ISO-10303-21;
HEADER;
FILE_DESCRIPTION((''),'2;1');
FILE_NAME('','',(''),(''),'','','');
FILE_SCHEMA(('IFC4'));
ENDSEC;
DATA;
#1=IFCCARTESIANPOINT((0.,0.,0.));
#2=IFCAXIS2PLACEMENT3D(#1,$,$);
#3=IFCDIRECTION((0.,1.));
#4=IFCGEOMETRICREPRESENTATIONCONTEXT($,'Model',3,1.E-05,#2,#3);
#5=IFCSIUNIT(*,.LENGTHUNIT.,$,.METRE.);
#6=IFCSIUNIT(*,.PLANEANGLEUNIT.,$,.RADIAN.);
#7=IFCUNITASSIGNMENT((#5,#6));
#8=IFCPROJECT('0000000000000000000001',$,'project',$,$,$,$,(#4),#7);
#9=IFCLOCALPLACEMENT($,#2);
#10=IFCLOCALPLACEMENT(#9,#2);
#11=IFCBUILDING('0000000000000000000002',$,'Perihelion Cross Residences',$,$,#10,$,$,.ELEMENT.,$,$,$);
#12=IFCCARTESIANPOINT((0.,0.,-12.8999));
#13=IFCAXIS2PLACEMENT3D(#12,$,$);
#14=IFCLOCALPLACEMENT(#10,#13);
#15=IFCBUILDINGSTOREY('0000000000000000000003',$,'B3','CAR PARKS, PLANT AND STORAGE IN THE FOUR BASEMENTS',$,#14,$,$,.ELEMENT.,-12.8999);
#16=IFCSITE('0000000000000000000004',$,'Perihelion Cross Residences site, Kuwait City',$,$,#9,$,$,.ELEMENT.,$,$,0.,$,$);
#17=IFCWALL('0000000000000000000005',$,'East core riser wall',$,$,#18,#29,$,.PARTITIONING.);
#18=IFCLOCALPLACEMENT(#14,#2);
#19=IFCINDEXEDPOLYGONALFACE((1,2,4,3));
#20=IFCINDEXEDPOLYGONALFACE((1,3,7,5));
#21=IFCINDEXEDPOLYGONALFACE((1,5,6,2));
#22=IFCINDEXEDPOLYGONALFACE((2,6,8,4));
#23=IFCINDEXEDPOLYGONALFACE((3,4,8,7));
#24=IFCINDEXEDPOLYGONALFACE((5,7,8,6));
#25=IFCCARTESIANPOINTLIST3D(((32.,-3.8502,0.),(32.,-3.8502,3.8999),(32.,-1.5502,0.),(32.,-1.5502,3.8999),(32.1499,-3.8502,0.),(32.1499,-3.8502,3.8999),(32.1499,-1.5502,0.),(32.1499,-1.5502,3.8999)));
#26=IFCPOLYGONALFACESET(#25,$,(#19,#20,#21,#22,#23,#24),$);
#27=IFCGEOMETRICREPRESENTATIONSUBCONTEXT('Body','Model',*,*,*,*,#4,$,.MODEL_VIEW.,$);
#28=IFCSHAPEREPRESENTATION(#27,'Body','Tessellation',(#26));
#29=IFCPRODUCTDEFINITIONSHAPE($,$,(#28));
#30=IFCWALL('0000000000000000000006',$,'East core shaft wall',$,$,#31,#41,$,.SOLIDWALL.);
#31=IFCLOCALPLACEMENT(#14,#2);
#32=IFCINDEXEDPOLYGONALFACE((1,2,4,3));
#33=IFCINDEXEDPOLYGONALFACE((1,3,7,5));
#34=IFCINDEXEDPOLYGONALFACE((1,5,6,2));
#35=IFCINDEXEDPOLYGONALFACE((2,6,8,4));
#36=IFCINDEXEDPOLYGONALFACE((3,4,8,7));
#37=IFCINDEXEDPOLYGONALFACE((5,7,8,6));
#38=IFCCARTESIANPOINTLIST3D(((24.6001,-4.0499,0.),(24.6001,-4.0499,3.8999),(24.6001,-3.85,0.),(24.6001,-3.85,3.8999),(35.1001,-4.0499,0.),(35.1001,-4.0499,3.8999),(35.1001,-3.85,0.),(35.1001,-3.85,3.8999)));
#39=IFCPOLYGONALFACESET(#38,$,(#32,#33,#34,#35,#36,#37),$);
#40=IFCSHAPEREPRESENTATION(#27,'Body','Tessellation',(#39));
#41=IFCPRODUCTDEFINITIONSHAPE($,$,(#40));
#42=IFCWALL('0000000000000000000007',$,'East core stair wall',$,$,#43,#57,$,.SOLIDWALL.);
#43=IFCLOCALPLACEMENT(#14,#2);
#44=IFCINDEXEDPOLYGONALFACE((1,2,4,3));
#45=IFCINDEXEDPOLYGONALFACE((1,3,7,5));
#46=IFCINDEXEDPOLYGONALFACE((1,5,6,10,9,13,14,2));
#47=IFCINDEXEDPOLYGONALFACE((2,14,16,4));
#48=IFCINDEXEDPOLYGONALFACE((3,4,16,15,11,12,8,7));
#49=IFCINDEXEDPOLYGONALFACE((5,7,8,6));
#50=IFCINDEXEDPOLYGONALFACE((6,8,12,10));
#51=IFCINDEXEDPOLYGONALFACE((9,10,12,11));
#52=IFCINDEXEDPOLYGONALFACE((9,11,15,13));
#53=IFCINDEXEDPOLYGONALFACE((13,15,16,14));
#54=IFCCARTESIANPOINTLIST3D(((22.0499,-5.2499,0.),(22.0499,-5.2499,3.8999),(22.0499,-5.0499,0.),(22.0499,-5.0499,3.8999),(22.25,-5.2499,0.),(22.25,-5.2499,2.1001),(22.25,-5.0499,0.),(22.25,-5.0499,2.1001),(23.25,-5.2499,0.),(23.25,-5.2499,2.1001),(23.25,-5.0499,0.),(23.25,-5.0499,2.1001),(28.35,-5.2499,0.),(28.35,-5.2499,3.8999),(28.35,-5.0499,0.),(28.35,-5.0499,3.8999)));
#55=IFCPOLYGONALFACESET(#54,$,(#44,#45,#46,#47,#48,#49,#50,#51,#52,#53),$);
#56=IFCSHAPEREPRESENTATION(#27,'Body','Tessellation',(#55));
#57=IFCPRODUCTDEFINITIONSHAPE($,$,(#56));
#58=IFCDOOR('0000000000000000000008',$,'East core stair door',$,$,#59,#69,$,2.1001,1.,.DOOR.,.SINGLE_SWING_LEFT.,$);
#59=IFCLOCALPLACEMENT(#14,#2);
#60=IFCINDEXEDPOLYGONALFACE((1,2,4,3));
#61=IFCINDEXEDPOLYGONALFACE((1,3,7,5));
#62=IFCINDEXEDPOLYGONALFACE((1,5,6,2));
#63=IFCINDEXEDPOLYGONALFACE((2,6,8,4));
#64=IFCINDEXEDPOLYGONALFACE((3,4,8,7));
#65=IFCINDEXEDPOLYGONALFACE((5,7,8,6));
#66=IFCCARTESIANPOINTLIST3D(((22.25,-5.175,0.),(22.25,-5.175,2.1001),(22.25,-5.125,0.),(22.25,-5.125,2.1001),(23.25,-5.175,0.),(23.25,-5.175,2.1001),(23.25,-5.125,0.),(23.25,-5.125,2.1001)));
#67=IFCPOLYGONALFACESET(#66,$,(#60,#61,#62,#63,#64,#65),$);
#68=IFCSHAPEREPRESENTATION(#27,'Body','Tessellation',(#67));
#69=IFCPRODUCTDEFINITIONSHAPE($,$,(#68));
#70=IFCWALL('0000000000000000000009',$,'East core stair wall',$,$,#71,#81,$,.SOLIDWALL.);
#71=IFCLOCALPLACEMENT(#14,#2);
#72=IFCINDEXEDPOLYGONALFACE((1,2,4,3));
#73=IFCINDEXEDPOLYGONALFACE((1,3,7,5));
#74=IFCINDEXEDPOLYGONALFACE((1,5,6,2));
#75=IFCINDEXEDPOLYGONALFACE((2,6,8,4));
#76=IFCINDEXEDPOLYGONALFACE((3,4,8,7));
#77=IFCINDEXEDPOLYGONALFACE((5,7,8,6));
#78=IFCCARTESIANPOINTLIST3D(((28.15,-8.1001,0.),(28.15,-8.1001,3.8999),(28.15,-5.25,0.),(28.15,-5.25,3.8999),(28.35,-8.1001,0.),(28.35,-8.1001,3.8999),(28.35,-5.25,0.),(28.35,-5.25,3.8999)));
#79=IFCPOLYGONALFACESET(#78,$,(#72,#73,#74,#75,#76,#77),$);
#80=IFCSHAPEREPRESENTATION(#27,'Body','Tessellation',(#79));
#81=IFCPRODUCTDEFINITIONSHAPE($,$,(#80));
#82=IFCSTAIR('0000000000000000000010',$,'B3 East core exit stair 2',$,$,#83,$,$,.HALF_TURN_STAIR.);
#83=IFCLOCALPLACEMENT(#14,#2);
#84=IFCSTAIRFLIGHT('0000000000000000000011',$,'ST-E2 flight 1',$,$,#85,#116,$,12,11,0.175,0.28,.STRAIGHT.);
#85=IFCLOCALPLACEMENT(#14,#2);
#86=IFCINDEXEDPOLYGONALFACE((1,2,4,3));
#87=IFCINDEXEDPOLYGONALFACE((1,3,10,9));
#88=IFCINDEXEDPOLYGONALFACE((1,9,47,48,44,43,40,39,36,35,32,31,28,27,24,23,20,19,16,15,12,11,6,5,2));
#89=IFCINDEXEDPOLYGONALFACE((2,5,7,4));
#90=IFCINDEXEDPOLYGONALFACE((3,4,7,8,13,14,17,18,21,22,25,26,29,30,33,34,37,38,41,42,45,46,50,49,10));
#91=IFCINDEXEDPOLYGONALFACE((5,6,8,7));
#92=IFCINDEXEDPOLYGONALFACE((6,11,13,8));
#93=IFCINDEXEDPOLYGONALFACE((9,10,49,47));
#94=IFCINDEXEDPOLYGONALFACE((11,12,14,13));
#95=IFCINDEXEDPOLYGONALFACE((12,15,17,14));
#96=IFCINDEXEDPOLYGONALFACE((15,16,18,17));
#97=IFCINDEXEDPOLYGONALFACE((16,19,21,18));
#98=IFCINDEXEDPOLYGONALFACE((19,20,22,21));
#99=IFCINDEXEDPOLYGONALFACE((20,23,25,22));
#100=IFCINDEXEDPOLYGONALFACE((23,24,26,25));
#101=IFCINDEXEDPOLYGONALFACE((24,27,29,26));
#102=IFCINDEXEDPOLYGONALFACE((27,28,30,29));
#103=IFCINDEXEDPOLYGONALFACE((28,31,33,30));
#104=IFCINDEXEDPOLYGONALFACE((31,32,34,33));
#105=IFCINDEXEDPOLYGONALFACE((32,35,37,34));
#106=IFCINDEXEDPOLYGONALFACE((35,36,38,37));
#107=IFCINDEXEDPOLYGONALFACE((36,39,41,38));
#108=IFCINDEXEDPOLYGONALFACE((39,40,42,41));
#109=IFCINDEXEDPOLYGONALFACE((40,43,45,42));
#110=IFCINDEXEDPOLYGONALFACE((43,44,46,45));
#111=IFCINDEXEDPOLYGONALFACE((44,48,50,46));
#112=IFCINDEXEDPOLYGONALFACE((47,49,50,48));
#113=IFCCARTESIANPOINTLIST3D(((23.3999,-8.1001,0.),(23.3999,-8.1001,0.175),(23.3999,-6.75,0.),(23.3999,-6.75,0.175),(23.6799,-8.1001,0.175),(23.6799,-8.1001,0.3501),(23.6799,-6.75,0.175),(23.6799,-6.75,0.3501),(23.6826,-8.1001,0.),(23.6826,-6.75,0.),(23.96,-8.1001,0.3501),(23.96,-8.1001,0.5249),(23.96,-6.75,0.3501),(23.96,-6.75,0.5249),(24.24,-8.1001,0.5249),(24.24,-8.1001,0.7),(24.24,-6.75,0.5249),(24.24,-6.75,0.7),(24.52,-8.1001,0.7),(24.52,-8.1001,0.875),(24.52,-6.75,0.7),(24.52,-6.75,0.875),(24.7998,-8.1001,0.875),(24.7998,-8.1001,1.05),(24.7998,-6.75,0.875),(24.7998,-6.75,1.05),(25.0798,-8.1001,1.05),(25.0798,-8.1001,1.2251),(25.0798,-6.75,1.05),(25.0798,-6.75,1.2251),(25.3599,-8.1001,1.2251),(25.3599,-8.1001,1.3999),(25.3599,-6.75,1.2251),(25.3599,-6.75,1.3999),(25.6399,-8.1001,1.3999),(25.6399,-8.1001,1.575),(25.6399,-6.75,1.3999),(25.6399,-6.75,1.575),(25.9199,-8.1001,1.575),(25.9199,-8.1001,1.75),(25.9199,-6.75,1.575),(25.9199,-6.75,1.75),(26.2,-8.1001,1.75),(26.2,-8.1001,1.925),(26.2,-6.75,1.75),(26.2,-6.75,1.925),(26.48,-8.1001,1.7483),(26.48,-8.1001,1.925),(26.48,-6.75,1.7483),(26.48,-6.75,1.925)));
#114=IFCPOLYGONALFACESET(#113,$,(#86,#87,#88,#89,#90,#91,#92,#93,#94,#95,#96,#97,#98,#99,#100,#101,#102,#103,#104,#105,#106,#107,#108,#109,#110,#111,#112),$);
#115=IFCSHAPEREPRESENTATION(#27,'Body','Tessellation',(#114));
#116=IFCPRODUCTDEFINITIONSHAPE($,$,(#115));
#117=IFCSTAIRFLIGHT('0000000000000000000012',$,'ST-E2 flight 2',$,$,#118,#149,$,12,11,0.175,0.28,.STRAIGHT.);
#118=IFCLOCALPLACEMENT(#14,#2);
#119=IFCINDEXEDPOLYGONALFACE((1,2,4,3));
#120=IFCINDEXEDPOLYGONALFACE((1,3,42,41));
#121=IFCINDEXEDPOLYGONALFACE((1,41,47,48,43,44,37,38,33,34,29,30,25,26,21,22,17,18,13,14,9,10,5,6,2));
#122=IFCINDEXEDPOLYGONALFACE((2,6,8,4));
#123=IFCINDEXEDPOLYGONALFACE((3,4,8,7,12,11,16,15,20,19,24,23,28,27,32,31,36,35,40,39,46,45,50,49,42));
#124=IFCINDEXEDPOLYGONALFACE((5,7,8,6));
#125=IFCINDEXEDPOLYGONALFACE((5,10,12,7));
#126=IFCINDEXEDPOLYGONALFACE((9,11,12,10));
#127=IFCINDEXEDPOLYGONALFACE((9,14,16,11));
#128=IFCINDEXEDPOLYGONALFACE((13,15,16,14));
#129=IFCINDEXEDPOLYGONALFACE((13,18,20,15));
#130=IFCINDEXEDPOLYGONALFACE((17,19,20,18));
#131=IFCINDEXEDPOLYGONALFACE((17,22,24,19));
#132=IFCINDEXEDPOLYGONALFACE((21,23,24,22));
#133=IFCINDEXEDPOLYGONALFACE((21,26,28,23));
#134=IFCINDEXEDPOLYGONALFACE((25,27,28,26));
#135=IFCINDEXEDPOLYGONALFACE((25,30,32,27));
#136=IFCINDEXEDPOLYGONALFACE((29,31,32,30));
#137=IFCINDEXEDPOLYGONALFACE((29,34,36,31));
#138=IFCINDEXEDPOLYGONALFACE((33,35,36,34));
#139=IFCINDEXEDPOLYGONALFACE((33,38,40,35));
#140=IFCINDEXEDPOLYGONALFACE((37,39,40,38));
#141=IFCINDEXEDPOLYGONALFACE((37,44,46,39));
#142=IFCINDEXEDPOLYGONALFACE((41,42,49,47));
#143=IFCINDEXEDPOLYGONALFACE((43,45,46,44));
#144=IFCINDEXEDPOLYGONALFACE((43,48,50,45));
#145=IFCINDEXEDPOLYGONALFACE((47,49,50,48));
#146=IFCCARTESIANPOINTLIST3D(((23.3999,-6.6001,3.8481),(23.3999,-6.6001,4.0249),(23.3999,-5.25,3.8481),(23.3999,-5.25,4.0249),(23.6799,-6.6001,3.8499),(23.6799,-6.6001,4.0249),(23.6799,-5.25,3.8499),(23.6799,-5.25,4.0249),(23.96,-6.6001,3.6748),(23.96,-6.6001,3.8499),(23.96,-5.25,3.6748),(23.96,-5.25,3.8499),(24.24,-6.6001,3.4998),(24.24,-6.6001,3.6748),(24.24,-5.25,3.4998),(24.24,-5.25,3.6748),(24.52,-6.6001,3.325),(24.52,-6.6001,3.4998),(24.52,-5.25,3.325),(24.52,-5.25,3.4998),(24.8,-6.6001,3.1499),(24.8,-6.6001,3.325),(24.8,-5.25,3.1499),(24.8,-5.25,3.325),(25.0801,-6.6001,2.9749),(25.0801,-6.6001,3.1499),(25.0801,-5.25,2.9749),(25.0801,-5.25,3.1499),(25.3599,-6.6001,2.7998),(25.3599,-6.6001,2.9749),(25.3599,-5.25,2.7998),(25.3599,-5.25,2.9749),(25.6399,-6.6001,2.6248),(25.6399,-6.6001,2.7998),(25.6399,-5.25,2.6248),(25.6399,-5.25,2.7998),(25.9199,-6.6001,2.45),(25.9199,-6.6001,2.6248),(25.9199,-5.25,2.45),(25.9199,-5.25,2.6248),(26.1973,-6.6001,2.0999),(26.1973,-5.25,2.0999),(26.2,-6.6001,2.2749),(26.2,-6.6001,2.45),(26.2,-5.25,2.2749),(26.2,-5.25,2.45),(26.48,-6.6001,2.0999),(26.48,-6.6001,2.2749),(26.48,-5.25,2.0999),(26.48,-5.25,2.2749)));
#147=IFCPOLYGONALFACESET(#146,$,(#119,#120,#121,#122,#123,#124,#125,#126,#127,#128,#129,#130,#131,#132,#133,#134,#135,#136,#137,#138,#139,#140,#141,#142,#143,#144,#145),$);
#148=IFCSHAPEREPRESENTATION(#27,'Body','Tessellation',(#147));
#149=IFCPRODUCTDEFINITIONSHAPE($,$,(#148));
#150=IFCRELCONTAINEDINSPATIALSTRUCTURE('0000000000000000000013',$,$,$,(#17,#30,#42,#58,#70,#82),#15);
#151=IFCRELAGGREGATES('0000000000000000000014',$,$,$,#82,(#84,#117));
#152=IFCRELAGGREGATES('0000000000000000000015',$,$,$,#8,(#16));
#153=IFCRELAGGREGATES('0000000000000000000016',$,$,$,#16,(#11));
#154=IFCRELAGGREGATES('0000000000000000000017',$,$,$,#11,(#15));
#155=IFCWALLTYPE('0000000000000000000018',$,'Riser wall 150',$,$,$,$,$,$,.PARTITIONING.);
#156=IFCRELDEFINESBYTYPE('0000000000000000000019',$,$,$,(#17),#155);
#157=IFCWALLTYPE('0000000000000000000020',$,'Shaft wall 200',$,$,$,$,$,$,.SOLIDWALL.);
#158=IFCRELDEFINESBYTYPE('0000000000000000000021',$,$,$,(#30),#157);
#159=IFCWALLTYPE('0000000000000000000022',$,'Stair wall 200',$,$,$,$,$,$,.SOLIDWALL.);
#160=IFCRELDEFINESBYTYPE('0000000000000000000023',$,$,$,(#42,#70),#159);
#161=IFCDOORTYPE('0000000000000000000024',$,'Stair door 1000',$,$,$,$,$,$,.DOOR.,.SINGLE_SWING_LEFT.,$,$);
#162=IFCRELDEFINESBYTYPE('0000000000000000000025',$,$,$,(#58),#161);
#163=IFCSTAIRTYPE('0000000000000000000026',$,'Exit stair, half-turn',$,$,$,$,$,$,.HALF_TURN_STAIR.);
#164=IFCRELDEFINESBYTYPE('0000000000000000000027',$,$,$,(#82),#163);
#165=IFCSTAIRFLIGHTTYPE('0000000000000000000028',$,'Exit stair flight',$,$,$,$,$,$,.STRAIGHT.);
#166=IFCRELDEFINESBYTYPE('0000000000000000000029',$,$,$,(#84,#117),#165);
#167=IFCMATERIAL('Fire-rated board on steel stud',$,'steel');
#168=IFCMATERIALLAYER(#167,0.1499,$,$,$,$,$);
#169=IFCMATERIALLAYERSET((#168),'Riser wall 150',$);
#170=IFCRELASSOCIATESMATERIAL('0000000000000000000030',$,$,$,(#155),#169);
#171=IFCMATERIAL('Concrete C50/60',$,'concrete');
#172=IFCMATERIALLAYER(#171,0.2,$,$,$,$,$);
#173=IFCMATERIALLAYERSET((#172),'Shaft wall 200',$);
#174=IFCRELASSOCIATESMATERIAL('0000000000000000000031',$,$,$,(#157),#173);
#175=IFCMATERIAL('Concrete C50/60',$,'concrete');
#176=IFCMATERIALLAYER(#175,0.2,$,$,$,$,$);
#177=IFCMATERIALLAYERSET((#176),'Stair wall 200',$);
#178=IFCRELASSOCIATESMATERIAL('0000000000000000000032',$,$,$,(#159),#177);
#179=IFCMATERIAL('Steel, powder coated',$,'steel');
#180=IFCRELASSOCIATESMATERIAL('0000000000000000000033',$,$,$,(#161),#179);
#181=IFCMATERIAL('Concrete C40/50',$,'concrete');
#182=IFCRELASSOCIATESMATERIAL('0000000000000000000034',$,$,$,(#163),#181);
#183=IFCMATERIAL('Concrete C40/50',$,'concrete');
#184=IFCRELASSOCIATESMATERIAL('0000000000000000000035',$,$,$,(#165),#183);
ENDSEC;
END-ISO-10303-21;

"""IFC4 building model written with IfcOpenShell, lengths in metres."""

from ifc_helpers import new_model, si_unit, direction, frame, frame_2d, origin, place, context, subcontext, project, spatial, polyline, rectangle, outline, extrude, material, layer, layer_set, type_object, element, fill, aggregate, save


model = new_model("IFC4")

# Units and contexts
model_context = context("Model", 3, precision=1e-05, world=origin(), true_north=direction((0.0, 1.0)))
body_context = subcontext(model_context, "Body", "Model", "MODEL_VIEW")
ifc_project = project(units=[si_unit("LENGTHUNIT", "METRE"), si_unit("PLANEANGLEUNIT", "RADIAN")], contexts=[model_context])

# Site, building, storey
site_placement = place(None, origin())
site = spatial("IfcSite", under=ifc_project, at=site_placement, Name="Perihelion Cross Residences site, Kuwait City", CompositionType="ELEMENT", RefElevation=0.0)
building_placement = place(site_placement, origin())
building = spatial("IfcBuilding", under=site, at=building_placement, Name="Perihelion Cross Residences", CompositionType="ELEMENT")
storey_placement = place(building_placement, frame((0.0, 0.0, -12.8999)))
storey = spatial("IfcBuildingStorey", under=building, at=storey_placement, Name="B3", Description="CAR PARKS, PLANT AND STORAGE IN THE FOUR BASEMENTS", CompositionType="ELEMENT", Elevation=-12.8999)

# Walls
ifc_material_1 = material(Name="Fire-rated board on steel stud", Category="steel")
ifc_layer_1 = layer(ifc_material_1, 0.1499)
ifc_layer_set_1 = layer_set([ifc_layer_1], Name="Riser wall 150")
wall_type_1 = type_object("IfcWallType", Name="Riser wall 150", PredefinedType="PARTITIONING", material=ifc_layer_set_1)
wall_1_placement = place(storey_placement, frame((32.075, -3.8501, 0.0), z_axis=(0.0, 0.0, 1.0), x_axis=(0.0, 1.0, 0.0)))
element("IfcWall", 1, at=wall_1_placement, inside=storey, type_object=wall_type_1, Name="East core riser wall", PredefinedType="PARTITIONING", context=body_context, shape_type="SweptSolid", body=[
    extrude(rectangle(XDim=2.3, YDim=0.1499, at=frame_2d((1.1499, 0.0))), origin(), (0.0, 0.0, 1.0), 3.8999),
])
ifc_material_2 = material(Name="Concrete C50/60", Category="concrete")
ifc_layer_2 = layer(ifc_material_2, 0.2)
ifc_layer_set_2 = layer_set([ifc_layer_2], Name="Shaft wall 200")
wall_type_2 = type_object("IfcWallType", Name="Shaft wall 200", PredefinedType="SOLIDWALL", material=ifc_layer_set_2)
wall_2_placement = place(storey_placement, frame((24.6001, -3.95, 0.0), z_axis=(0.0, 0.0, 1.0), x_axis=(1.0, 0.0, 0.0)))
element("IfcWall", 2, at=wall_2_placement, inside=storey, type_object=wall_type_2, Name="East core shaft wall", PredefinedType="SOLIDWALL", context=body_context, shape_type="SweptSolid", body=[
    extrude(rectangle(XDim=10.5, YDim=0.2, at=frame_2d((5.25, 0.0))), origin(), (0.0, 0.0, 1.0), 3.8999),
])

# Wall, opening, door
ifc_material_3 = material(Name="Concrete C50/60", Category="concrete")
ifc_layer_3 = layer(ifc_material_3, 0.2)
ifc_layer_set_3 = layer_set([ifc_layer_3], Name="Stair wall 200")
wall_type_3 = type_object("IfcWallType", Name="Stair wall 200", PredefinedType="SOLIDWALL", material=ifc_layer_set_3)
wall_3_placement = place(storey_placement, frame((22.05, -5.1499, 0.0), z_axis=(0.0, 0.0, 1.0), x_axis=(1.0, 0.0, 0.0)))
wall_3 = element("IfcWall", 3, at=wall_3_placement, inside=storey, type_object=wall_type_3, Name="East core stair wall", PredefinedType="SOLIDWALL", context=body_context, shape_type="SweptSolid", body=[
    extrude(rectangle(XDim=6.3, YDim=0.2, at=frame_2d((3.1499, 0.0))), origin(), (0.0, 0.0, 1.0), 3.8999),
])
opening_1_placement = place(wall_3_placement, frame((0.2, 0.0, 0.0)))
opening_1 = element("IfcOpeningElement", 4, at=opening_1_placement, cuts=wall_3, PredefinedType="OPENING", context=body_context, shape_type="SweptSolid", body=[
    extrude(rectangle(XDim=1.0, YDim=2.1001, at=frame_2d((0.5, 1.05))), frame((0.0, 0.1099, 0.0), z_axis=(0.0, -1.0, 0.0), x_axis=(1.0, 0.0, 0.0)), (0.0, 0.0, 1.0), 0.22),
])
ifc_material_4 = material(Name="Steel, powder coated", Category="steel")
door_type_1 = type_object("IfcDoorType", Name="Stair door 1000", OperationType="SINGLE_SWING_LEFT", PredefinedType="DOOR", material=ifc_material_4)
door_1_placement = place(opening_1_placement, origin())
door_1 = element("IfcDoor", 5, at=door_1_placement, inside=storey, type_object=door_type_1, Name="East core stair door", OperationType="SINGLE_SWING_LEFT", OverallHeight=2.1001, OverallWidth=1.0, PredefinedType="DOOR", context=body_context, shape_type="SweptSolid", body=[
    extrude(rectangle(XDim=1.0, YDim=2.1001, at=frame_2d((0.5, 1.05))), frame((0.0, 0.0249, 0.0), z_axis=(0.0, -1.0, 0.0), x_axis=(1.0, 0.0, 0.0)), (0.0, 0.0, 1.0), 0.05),
])
fill(opening_1, door_1)

# Wall
wall_4_placement = place(storey_placement, frame((28.25, -8.1001, 0.0), z_axis=(0.0, 0.0, 1.0), x_axis=(0.0, 1.0, 0.0)))
element("IfcWall", 6, at=wall_4_placement, inside=storey, type_object=wall_type_3, Name="East core stair wall", PredefinedType="SOLIDWALL", context=body_context, shape_type="SweptSolid", body=[
    extrude(rectangle(XDim=2.8501, YDim=0.2, at=frame_2d((1.425, 0.0))), origin(), (0.0, 0.0, 1.0), 3.8999),
])

# Stair, stair flights
ifc_material_5 = material(Name="Concrete C40/50", Category="concrete")
stair_type = type_object("IfcStairType", Name="Exit stair, half-turn", PredefinedType="HALF_TURN_STAIR", material=ifc_material_5)
stair_placement = place(storey_placement, origin())
stair = element("IfcStair", 7, at=stair_placement, inside=storey, type_object=stair_type, Name="B3 East core exit stair 2", PredefinedType="HALF_TURN_STAIR")
ifc_material_6 = material(Name="Concrete C40/50", Category="concrete")
stair_flight_type = type_object("IfcStairFlightType", Name="Exit stair flight", PredefinedType="STRAIGHT", material=ifc_material_6)
stair_flight_1_placement = place(storey_placement, frame((23.3999, -7.425, 0.0), z_axis=(0.0, 0.0, 1.0), x_axis=(1.0, 0.0, 0.0)))
stair_flight_1 = element("IfcStairFlight", 8, at=stair_flight_1_placement, type_object=stair_flight_type, Name="ST-E2 flight 1", NumberOfRisers=12, NumberOfTreads=11, PredefinedType="STRAIGHT", RiserHeight=0.175, TreadLength=0.28, context=body_context, shape_type="SweptSolid", body=[
    extrude(outline(polyline([(0.0, 0.0), (0.0, 0.175), (0.28, 0.175), (0.28, 0.3501), (0.5601, 0.3501), (0.5601, 0.5249), (0.8401, 0.5249), (0.8401, 0.7), (1.1201, 0.7), (1.1201, 0.875), (1.3999, 0.875), (1.3999, 1.05), (1.6799, 1.05), (1.6799, 1.2251), (1.96, 1.2251), (1.96, 1.3999), (2.24, 1.3999), (2.24, 1.575), (2.52, 1.575), (2.52, 1.75), (2.8, 1.75), (2.8, 1.925), (3.0801, 1.925), (3.0801, 2.1001), (3.0801, 1.7483), (0.2827, 0.0), (0.0, 0.0)])), frame((0.0, 0.675, 0.0), z_axis=(0.0, -1.0, 0.0), x_axis=(1.0, 0.0, 0.0)), (0.0, 0.0, 1.0), 1.3501),
])
stair_flight_2_placement = place(storey_placement, frame((26.48, -5.925, 2.0999), z_axis=(0.0, 0.0, 1.0), x_axis=(-1.0, 0.0, 0.0)))
stair_flight_2 = element("IfcStairFlight", 9, at=stair_flight_2_placement, type_object=stair_flight_type, Name="ST-E2 flight 2", NumberOfRisers=12, NumberOfTreads=11, PredefinedType="STRAIGHT", RiserHeight=0.175, TreadLength=0.28, context=body_context, shape_type="SweptSolid", body=[
    extrude(outline(polyline([(0.0, 0.0), (0.0, 0.175), (0.28, 0.175), (0.28, 0.3501), (0.5601, 0.3501), (0.5601, 0.5249), (0.8401, 0.5249), (0.8401, 0.7), (1.1201, 0.7), (1.1201, 0.875), (1.3999, 0.875), (1.3999, 1.05), (1.6799, 1.05), (1.6799, 1.2251), (1.96, 1.2251), (1.96, 1.3999), (2.24, 1.3999), (2.24, 1.575), (2.52, 1.575), (2.52, 1.75), (2.8, 1.75), (2.8, 1.925), (3.0801, 1.925), (3.0801, 2.1001), (3.0801, 1.7483), (0.2827, 0.0), (0.0, 0.0)])), frame((0.0, 0.675, 0.0), z_axis=(0.0, -1.0, 0.0), x_axis=(1.0, 0.0, 0.0)), (0.0, 0.0, 1.0), 1.3501),
])
aggregate(stair, [stair_flight_1, stair_flight_2])

save(model, "model.ifc")
